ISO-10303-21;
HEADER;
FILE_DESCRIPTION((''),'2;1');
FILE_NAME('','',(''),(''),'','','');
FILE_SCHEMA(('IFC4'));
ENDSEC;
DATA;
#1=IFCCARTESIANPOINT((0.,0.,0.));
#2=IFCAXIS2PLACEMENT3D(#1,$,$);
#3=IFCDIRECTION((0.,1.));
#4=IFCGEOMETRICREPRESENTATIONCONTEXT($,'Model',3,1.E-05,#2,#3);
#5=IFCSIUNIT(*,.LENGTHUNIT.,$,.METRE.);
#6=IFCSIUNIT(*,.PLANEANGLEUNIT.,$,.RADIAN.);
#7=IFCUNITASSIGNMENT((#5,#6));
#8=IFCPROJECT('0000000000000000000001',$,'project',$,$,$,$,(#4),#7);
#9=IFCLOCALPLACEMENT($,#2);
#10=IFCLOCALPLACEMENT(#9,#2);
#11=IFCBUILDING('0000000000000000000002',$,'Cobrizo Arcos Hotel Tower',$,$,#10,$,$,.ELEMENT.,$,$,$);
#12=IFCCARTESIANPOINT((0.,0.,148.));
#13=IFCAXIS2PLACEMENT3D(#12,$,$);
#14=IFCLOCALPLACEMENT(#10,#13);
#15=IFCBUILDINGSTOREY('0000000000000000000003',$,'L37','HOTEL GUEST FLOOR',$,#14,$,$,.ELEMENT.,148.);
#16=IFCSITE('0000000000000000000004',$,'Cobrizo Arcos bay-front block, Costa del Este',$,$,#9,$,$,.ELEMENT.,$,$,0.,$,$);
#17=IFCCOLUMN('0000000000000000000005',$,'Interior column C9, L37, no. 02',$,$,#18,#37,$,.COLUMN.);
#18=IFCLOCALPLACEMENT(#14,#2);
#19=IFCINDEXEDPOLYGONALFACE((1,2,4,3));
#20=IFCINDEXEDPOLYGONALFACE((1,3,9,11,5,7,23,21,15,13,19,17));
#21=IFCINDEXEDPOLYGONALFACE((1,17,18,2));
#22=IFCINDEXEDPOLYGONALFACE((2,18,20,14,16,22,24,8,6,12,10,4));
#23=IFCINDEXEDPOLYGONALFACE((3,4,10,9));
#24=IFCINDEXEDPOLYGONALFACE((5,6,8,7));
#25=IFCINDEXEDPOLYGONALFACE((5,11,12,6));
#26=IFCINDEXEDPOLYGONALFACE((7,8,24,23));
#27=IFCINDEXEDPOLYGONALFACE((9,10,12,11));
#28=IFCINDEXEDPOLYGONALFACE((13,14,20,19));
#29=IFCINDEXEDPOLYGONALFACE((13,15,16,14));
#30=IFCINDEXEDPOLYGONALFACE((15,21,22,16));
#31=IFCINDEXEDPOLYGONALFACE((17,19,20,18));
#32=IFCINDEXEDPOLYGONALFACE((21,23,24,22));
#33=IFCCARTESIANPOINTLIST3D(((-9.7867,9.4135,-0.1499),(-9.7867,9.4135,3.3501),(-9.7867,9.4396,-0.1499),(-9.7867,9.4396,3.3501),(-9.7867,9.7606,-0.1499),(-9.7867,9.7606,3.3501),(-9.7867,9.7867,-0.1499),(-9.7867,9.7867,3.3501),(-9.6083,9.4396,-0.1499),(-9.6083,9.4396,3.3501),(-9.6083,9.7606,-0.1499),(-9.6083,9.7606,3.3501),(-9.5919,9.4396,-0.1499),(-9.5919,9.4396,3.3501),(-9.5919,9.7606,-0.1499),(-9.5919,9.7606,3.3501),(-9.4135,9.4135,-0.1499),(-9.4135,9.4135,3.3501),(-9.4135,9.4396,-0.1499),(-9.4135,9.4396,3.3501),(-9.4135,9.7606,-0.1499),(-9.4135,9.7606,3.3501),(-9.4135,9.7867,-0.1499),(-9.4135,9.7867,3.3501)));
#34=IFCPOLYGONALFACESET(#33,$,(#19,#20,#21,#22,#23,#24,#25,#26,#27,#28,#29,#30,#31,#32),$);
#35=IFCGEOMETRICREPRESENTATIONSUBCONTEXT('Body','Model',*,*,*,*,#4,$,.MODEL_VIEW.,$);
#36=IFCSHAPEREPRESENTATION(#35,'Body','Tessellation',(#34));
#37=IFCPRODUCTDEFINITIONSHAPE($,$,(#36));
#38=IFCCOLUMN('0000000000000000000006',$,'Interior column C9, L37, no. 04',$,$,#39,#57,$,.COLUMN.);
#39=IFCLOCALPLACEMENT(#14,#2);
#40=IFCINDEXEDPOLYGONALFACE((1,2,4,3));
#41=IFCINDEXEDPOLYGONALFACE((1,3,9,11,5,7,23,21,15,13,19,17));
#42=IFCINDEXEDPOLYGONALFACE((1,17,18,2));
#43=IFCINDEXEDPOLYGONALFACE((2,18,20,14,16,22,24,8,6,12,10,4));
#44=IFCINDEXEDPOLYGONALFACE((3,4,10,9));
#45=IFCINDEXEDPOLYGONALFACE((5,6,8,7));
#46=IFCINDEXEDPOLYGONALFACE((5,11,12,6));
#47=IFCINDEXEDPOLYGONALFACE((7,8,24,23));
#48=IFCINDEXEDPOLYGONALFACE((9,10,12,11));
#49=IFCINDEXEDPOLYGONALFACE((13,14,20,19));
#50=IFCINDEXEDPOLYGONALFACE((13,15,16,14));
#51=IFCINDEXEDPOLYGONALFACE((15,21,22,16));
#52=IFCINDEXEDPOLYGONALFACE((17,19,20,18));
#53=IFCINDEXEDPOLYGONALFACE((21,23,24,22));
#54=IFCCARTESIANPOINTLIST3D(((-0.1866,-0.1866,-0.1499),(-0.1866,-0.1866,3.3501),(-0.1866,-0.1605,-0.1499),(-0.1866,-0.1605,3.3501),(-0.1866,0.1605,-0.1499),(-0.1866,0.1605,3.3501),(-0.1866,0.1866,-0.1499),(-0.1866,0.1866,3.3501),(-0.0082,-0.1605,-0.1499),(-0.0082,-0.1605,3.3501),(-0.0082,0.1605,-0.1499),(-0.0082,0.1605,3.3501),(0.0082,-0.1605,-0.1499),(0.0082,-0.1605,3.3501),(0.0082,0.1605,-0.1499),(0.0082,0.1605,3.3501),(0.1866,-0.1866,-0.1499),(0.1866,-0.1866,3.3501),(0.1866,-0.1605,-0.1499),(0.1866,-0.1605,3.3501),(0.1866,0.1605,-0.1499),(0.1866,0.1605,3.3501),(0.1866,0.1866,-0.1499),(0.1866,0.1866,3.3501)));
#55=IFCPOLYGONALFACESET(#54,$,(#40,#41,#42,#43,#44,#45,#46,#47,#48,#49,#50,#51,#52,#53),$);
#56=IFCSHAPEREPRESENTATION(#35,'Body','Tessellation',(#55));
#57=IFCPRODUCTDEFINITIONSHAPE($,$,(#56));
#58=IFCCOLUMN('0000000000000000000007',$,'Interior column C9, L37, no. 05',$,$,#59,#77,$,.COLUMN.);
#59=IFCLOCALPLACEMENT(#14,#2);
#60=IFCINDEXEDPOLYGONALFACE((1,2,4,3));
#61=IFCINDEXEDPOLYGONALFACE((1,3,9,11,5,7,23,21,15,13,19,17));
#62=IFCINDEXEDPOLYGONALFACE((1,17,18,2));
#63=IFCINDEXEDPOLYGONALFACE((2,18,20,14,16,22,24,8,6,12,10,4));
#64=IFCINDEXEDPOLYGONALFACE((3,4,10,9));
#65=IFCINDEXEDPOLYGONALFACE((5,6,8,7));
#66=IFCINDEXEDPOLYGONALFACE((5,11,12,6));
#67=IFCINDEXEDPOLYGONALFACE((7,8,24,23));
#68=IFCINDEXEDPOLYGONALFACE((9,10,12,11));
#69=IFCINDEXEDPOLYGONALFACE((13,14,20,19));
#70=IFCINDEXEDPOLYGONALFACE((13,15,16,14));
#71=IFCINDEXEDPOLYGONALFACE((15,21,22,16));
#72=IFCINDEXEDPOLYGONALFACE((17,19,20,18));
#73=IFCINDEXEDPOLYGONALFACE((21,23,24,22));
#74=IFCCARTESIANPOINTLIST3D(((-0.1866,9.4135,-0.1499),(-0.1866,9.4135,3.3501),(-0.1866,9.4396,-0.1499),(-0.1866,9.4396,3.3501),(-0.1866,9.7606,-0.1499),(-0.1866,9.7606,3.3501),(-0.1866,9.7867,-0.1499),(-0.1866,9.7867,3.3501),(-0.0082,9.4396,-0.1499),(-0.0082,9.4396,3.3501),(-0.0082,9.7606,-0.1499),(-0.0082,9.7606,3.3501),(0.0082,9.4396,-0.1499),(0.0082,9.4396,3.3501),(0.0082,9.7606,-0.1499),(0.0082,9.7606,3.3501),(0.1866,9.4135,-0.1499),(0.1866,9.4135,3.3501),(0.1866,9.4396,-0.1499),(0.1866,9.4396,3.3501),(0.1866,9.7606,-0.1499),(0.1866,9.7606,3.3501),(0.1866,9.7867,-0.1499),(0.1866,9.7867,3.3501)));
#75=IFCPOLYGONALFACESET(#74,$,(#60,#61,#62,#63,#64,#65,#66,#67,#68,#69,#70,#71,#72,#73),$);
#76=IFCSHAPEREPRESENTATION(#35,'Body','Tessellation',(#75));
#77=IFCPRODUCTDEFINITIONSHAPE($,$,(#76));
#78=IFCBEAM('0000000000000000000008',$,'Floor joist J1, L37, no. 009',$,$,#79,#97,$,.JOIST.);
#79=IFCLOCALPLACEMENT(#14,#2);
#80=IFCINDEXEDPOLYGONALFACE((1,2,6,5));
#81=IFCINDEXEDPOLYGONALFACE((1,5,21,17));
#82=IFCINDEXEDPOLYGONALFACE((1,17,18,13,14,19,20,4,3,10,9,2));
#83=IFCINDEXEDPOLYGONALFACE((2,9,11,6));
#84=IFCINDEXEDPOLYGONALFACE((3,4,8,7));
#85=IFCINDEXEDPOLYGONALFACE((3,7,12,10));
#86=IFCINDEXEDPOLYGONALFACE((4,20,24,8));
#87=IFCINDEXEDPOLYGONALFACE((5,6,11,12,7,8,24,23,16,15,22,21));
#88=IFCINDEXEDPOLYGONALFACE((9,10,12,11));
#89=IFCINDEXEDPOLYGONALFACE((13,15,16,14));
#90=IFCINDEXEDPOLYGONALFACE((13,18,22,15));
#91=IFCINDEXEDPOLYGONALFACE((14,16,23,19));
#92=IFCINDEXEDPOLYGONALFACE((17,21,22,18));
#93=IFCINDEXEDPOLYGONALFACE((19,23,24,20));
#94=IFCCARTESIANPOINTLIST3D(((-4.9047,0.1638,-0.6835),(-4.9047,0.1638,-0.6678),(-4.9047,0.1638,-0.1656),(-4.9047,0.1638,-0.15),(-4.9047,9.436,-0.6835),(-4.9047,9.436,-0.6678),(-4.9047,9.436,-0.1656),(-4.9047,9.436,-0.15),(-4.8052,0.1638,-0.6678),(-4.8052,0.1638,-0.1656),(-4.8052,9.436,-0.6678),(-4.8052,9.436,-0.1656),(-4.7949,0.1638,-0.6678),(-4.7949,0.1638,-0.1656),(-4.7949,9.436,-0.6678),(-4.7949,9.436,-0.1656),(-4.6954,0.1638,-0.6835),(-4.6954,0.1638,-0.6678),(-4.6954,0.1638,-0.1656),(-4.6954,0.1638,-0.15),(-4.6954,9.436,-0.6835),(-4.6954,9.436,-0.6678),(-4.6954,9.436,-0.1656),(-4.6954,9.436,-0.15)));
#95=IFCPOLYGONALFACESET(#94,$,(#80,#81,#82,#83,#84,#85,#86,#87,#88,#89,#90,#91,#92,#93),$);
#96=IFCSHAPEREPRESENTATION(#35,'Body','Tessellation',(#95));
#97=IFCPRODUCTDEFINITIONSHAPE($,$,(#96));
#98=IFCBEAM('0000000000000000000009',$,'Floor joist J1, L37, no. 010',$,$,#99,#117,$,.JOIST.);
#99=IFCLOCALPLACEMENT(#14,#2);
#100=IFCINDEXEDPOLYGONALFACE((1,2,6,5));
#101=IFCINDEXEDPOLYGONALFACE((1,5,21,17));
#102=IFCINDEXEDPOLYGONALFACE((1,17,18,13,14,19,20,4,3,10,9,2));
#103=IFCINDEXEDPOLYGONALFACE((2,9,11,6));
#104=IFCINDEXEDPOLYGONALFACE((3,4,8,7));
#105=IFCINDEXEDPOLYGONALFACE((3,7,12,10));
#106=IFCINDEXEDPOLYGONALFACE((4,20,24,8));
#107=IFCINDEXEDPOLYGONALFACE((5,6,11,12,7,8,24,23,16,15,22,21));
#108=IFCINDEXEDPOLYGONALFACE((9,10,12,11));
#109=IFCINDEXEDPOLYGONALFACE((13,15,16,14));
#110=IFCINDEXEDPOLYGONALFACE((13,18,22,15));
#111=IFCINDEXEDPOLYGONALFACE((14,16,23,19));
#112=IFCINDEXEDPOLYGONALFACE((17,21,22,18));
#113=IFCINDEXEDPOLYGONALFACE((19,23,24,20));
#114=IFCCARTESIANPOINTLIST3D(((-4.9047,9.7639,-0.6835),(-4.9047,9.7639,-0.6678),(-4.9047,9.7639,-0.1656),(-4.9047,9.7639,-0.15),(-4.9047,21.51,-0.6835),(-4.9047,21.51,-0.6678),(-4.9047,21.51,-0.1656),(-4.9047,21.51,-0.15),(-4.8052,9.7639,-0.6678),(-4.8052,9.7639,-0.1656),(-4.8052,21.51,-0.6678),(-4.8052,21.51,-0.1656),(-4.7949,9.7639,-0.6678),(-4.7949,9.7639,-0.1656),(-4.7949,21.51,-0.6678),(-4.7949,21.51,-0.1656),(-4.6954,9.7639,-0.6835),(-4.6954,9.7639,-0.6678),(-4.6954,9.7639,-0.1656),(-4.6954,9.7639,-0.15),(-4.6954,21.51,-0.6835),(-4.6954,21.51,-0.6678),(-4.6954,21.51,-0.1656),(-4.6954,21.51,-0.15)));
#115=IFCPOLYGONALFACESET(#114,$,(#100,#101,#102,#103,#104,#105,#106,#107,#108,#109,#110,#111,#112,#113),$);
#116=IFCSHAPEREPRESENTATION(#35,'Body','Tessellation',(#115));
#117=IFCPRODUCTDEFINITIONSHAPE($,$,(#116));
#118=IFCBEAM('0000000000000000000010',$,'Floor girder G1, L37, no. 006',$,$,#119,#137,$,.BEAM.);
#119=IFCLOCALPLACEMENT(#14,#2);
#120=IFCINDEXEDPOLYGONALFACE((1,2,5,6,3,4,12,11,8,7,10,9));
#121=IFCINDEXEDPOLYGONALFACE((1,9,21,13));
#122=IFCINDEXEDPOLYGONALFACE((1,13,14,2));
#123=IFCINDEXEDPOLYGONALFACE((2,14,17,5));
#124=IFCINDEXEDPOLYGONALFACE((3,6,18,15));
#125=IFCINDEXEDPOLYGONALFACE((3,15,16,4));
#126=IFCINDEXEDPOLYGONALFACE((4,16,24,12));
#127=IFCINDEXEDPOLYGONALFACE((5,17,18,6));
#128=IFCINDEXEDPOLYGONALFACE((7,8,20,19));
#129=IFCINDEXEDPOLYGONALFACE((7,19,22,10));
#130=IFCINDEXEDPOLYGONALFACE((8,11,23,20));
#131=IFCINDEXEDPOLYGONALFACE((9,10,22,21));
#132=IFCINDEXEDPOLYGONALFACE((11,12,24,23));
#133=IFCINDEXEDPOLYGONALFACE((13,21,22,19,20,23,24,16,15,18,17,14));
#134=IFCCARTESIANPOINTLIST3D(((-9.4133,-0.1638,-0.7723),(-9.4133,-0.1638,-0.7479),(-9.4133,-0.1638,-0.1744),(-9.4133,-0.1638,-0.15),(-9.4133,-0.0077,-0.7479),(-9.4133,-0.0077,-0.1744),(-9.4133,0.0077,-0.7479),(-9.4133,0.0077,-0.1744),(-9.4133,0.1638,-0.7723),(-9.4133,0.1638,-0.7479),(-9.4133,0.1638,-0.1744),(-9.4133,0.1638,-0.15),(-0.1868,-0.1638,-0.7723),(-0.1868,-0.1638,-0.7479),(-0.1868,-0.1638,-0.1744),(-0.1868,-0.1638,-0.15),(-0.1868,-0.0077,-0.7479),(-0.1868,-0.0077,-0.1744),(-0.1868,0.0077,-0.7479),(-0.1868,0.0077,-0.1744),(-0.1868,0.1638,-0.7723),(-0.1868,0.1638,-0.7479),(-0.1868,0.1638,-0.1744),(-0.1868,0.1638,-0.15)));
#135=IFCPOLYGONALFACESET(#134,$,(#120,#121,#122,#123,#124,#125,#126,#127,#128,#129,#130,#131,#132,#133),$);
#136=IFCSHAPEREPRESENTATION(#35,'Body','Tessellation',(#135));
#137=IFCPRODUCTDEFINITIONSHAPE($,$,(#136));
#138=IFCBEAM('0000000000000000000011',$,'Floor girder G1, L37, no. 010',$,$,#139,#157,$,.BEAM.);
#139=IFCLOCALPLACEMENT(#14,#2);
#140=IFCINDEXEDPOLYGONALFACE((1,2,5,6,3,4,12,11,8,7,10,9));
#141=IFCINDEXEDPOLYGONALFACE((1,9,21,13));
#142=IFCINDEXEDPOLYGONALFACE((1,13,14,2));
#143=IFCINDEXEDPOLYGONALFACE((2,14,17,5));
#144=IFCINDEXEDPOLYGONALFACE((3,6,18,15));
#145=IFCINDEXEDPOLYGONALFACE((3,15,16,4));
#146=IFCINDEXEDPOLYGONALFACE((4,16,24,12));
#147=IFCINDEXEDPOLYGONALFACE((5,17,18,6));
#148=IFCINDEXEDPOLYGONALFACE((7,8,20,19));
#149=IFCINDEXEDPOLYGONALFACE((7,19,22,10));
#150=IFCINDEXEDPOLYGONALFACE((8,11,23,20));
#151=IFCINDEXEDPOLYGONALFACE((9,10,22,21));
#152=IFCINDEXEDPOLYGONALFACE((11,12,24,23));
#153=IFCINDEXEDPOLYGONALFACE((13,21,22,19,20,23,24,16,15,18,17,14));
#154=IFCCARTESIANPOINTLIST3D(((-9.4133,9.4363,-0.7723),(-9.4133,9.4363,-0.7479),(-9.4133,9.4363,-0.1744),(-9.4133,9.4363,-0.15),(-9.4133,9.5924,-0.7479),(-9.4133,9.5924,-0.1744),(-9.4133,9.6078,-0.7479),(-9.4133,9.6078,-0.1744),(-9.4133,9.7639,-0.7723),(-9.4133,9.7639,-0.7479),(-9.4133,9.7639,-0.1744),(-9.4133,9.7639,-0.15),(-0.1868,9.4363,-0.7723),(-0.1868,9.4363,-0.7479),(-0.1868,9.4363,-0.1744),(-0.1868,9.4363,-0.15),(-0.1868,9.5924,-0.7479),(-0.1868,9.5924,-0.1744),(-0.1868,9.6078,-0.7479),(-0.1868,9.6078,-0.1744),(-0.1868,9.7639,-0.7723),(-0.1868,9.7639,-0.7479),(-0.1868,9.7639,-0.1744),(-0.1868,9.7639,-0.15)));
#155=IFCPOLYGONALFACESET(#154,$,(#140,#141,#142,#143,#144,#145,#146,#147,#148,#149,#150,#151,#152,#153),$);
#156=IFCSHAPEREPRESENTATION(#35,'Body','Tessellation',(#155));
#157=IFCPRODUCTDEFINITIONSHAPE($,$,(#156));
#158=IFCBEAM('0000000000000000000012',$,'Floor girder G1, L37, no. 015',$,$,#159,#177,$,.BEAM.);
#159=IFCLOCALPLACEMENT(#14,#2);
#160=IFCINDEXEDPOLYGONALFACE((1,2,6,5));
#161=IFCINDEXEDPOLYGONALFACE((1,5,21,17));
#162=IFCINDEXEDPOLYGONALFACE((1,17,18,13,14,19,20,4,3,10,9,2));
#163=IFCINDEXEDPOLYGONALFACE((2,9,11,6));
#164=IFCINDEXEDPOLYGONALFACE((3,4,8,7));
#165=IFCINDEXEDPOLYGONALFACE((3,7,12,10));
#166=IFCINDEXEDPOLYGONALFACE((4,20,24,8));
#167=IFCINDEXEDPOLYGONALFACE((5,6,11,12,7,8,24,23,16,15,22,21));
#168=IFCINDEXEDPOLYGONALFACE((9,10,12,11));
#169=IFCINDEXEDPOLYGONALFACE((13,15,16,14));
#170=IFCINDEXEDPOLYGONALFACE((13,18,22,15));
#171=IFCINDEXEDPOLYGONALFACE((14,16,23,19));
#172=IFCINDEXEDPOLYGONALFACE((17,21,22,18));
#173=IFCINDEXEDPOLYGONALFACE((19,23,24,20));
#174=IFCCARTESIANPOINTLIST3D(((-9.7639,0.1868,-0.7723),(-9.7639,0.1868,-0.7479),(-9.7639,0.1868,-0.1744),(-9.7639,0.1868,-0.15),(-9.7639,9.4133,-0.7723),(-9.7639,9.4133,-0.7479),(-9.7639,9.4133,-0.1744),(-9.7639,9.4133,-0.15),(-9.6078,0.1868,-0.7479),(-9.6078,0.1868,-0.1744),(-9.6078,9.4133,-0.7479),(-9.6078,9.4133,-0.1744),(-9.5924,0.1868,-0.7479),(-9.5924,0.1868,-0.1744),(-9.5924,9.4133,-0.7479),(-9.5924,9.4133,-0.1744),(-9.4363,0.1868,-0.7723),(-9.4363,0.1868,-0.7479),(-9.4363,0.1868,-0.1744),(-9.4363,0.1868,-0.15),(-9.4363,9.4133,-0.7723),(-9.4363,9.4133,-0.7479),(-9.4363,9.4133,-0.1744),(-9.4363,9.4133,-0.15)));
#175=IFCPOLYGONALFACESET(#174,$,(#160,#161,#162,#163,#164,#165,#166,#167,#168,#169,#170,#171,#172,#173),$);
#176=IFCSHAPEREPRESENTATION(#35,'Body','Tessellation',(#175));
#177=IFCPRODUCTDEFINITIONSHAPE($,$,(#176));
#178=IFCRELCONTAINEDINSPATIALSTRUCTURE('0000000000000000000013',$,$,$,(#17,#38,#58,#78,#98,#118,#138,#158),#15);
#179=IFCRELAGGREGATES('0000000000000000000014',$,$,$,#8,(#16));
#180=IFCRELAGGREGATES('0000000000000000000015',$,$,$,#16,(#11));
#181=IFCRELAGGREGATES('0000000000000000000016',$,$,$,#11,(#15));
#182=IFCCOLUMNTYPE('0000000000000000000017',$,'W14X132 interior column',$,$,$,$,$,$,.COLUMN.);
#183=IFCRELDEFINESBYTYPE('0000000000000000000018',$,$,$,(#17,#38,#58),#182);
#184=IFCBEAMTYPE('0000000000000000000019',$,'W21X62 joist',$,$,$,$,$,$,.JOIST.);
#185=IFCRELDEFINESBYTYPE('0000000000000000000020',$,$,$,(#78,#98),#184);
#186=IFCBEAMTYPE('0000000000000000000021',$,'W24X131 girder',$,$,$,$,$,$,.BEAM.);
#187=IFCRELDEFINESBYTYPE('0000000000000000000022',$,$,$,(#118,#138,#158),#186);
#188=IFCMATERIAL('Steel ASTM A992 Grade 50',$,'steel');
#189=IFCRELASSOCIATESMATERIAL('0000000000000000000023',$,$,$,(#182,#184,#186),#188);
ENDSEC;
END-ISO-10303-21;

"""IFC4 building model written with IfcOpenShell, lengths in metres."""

from ifc_helpers import new_model, si_unit, direction, frame, origin, origin_2d, place, context, subcontext, project, spatial, i_section, extrude, material, material_profile, profile_set, type_object, element, save


model = new_model("IFC4")

# Units and contexts
model_context = context("Model", 3, precision=1e-05, world=origin(), true_north=direction((0.0, 1.0)))
body_context = subcontext(model_context, "Body", "Model", "MODEL_VIEW")
ifc_project = project(units=[si_unit("LENGTHUNIT", "METRE"), si_unit("PLANEANGLEUNIT", "RADIAN")], contexts=[model_context])

# Site, building, storey
site_placement = place(None, origin())
site = spatial("IfcSite", under=ifc_project, at=site_placement, Name="Cobrizo Arcos bay-front block, Costa del Este", CompositionType="ELEMENT", RefElevation=0.0)
building_placement = place(site_placement, origin())
building = spatial("IfcBuilding", under=site, at=building_placement, Name="Cobrizo Arcos Hotel Tower", CompositionType="ELEMENT")
storey_placement = place(building_placement, frame((0.0, 0.0, 148.0)))
storey = spatial("IfcBuildingStorey", under=building, at=storey_placement, Name="L37", Description="HOTEL GUEST FLOOR", CompositionType="ELEMENT", Elevation=148.0)

# Columns
ifc_material_1 = material(Name="Steel ASTM A992 Grade 50", Category="steel")
ifc_material_profile_1 = material_profile(ifc_material_1, i_section(OverallWidth=0.3733, OverallDepth=0.3733, WebThickness=0.0164, FlangeThickness=0.0261, at=origin_2d()), Name="W14X132")
ifc_profile_set_1 = profile_set([ifc_material_profile_1], Name="Steel ASTM A992 Grade 50")
column_type = type_object("IfcColumnType", Name="W14X132 interior column", PredefinedType="COLUMN", material=ifc_profile_set_1)
for number, where, z_axis, x_axis, name in (
    (1, (-9.6001, 9.6001, -0.1499), (0.0, 0.0, 1.0), (1.0, 0.0, 0.0), "Interior column C9, L37, no. 02"),
    (2, (0.0, 0.0, -0.1499), (0.0, 0.0, 1.0), (1.0, 0.0, 0.0), "Interior column C9, L37, no. 04"),
    (3, (0.0, 9.6001, -0.1499), (0.0, 0.0, 1.0), (1.0, 0.0, 0.0), "Interior column C9, L37, no. 05"),
):
    element("IfcColumn", number, at=place(storey_placement, frame(where, z_axis=z_axis, x_axis=x_axis)), inside=storey, type_object=column_type, Name=name, PredefinedType="COLUMN", context=body_context, shape_type="SweptSolid", body=[
        extrude(i_section(OverallWidth=0.3733, OverallDepth=0.3733, WebThickness=0.0164, FlangeThickness=0.0261, at=origin_2d()), origin(), (0.0, 0.0, 1.0), 3.5),
    ])

# Beams
ifc_material_profile_2 = material_profile(ifc_material_1, i_section(OverallWidth=0.2092, OverallDepth=0.5334, WebThickness=0.0103, FlangeThickness=0.0156, at=origin_2d()), Name="W21X62")
ifc_profile_set_2 = profile_set([ifc_material_profile_2], Name="Steel ASTM A992 Grade 50")
beam_type_1 = type_object("IfcBeamType", Name="W21X62 joist", PredefinedType="JOIST", material=ifc_profile_set_2)
beam_1_placement = place(storey_placement, frame((-4.8, 0.1638, -0.4167), z_axis=(0.0, 1.0, 0.0), x_axis=(-1.0, 0.0, 0.0)))
element("IfcBeam", 4, at=beam_1_placement, inside=storey, type_object=beam_type_1, Name="Floor joist J1, L37, no. 009", PredefinedType="JOIST", context=body_context, shape_type="SweptSolid", body=[
    extrude(i_section(OverallWidth=0.2092, OverallDepth=0.5334, WebThickness=0.0103, FlangeThickness=0.0156, at=origin_2d()), origin(), (0.0, 0.0, 1.0), 9.2722),
])
beam_2_placement = place(storey_placement, frame((-4.8, 9.7639, -0.4167), z_axis=(0.0, 1.0, 0.0), x_axis=(-1.0, 0.0, 0.0)))
element("IfcBeam", 5, at=beam_2_placement, inside=storey, type_object=beam_type_1, Name="Floor joist J1, L37, no. 010", PredefinedType="JOIST", context=body_context, shape_type="SweptSolid", body=[
    extrude(i_section(OverallWidth=0.2092, OverallDepth=0.5334, WebThickness=0.0103, FlangeThickness=0.0156, at=origin_2d()), origin(), (0.0, 0.0, 1.0), 11.7461),
])
ifc_material_profile_3 = material_profile(ifc_material_1, i_section(OverallWidth=0.3276, OverallDepth=0.6223, WebThickness=0.0154, FlangeThickness=0.0244, at=origin_2d()), Name="W24X131")
ifc_profile_set_3 = profile_set([ifc_material_profile_3], Name="Steel ASTM A992 Grade 50")
beam_type_2 = type_object("IfcBeamType", Name="W24X131 girder", PredefinedType="BEAM", material=ifc_profile_set_3)
for number, where, z_axis, x_axis, name in (
    (6, (-9.4133, 0.0, -0.4612), (1.0, 0.0, 0.0), (0.0, 1.0, 0.0), "Floor girder G1, L37, no. 006"),
    (7, (-9.4133, 9.6001, -0.4612), (1.0, 0.0, 0.0), (0.0, 1.0, 0.0), "Floor girder G1, L37, no. 010"),
    (8, (-9.6001, 0.1868, -0.4612), (0.0, 1.0, 0.0), (-1.0, 0.0, 0.0), "Floor girder G1, L37, no. 015"),
):
    element("IfcBeam", number, at=place(storey_placement, frame(where, z_axis=z_axis, x_axis=x_axis)), inside=storey, type_object=beam_type_2, Name=name, PredefinedType="BEAM", context=body_context, shape_type="SweptSolid", body=[
        extrude(i_section(OverallWidth=0.3276, OverallDepth=0.6223, WebThickness=0.0154, FlangeThickness=0.0244, at=origin_2d()), origin(), (0.0, 0.0, 1.0), 9.2266),
    ])

save(model, "model.ifc")
